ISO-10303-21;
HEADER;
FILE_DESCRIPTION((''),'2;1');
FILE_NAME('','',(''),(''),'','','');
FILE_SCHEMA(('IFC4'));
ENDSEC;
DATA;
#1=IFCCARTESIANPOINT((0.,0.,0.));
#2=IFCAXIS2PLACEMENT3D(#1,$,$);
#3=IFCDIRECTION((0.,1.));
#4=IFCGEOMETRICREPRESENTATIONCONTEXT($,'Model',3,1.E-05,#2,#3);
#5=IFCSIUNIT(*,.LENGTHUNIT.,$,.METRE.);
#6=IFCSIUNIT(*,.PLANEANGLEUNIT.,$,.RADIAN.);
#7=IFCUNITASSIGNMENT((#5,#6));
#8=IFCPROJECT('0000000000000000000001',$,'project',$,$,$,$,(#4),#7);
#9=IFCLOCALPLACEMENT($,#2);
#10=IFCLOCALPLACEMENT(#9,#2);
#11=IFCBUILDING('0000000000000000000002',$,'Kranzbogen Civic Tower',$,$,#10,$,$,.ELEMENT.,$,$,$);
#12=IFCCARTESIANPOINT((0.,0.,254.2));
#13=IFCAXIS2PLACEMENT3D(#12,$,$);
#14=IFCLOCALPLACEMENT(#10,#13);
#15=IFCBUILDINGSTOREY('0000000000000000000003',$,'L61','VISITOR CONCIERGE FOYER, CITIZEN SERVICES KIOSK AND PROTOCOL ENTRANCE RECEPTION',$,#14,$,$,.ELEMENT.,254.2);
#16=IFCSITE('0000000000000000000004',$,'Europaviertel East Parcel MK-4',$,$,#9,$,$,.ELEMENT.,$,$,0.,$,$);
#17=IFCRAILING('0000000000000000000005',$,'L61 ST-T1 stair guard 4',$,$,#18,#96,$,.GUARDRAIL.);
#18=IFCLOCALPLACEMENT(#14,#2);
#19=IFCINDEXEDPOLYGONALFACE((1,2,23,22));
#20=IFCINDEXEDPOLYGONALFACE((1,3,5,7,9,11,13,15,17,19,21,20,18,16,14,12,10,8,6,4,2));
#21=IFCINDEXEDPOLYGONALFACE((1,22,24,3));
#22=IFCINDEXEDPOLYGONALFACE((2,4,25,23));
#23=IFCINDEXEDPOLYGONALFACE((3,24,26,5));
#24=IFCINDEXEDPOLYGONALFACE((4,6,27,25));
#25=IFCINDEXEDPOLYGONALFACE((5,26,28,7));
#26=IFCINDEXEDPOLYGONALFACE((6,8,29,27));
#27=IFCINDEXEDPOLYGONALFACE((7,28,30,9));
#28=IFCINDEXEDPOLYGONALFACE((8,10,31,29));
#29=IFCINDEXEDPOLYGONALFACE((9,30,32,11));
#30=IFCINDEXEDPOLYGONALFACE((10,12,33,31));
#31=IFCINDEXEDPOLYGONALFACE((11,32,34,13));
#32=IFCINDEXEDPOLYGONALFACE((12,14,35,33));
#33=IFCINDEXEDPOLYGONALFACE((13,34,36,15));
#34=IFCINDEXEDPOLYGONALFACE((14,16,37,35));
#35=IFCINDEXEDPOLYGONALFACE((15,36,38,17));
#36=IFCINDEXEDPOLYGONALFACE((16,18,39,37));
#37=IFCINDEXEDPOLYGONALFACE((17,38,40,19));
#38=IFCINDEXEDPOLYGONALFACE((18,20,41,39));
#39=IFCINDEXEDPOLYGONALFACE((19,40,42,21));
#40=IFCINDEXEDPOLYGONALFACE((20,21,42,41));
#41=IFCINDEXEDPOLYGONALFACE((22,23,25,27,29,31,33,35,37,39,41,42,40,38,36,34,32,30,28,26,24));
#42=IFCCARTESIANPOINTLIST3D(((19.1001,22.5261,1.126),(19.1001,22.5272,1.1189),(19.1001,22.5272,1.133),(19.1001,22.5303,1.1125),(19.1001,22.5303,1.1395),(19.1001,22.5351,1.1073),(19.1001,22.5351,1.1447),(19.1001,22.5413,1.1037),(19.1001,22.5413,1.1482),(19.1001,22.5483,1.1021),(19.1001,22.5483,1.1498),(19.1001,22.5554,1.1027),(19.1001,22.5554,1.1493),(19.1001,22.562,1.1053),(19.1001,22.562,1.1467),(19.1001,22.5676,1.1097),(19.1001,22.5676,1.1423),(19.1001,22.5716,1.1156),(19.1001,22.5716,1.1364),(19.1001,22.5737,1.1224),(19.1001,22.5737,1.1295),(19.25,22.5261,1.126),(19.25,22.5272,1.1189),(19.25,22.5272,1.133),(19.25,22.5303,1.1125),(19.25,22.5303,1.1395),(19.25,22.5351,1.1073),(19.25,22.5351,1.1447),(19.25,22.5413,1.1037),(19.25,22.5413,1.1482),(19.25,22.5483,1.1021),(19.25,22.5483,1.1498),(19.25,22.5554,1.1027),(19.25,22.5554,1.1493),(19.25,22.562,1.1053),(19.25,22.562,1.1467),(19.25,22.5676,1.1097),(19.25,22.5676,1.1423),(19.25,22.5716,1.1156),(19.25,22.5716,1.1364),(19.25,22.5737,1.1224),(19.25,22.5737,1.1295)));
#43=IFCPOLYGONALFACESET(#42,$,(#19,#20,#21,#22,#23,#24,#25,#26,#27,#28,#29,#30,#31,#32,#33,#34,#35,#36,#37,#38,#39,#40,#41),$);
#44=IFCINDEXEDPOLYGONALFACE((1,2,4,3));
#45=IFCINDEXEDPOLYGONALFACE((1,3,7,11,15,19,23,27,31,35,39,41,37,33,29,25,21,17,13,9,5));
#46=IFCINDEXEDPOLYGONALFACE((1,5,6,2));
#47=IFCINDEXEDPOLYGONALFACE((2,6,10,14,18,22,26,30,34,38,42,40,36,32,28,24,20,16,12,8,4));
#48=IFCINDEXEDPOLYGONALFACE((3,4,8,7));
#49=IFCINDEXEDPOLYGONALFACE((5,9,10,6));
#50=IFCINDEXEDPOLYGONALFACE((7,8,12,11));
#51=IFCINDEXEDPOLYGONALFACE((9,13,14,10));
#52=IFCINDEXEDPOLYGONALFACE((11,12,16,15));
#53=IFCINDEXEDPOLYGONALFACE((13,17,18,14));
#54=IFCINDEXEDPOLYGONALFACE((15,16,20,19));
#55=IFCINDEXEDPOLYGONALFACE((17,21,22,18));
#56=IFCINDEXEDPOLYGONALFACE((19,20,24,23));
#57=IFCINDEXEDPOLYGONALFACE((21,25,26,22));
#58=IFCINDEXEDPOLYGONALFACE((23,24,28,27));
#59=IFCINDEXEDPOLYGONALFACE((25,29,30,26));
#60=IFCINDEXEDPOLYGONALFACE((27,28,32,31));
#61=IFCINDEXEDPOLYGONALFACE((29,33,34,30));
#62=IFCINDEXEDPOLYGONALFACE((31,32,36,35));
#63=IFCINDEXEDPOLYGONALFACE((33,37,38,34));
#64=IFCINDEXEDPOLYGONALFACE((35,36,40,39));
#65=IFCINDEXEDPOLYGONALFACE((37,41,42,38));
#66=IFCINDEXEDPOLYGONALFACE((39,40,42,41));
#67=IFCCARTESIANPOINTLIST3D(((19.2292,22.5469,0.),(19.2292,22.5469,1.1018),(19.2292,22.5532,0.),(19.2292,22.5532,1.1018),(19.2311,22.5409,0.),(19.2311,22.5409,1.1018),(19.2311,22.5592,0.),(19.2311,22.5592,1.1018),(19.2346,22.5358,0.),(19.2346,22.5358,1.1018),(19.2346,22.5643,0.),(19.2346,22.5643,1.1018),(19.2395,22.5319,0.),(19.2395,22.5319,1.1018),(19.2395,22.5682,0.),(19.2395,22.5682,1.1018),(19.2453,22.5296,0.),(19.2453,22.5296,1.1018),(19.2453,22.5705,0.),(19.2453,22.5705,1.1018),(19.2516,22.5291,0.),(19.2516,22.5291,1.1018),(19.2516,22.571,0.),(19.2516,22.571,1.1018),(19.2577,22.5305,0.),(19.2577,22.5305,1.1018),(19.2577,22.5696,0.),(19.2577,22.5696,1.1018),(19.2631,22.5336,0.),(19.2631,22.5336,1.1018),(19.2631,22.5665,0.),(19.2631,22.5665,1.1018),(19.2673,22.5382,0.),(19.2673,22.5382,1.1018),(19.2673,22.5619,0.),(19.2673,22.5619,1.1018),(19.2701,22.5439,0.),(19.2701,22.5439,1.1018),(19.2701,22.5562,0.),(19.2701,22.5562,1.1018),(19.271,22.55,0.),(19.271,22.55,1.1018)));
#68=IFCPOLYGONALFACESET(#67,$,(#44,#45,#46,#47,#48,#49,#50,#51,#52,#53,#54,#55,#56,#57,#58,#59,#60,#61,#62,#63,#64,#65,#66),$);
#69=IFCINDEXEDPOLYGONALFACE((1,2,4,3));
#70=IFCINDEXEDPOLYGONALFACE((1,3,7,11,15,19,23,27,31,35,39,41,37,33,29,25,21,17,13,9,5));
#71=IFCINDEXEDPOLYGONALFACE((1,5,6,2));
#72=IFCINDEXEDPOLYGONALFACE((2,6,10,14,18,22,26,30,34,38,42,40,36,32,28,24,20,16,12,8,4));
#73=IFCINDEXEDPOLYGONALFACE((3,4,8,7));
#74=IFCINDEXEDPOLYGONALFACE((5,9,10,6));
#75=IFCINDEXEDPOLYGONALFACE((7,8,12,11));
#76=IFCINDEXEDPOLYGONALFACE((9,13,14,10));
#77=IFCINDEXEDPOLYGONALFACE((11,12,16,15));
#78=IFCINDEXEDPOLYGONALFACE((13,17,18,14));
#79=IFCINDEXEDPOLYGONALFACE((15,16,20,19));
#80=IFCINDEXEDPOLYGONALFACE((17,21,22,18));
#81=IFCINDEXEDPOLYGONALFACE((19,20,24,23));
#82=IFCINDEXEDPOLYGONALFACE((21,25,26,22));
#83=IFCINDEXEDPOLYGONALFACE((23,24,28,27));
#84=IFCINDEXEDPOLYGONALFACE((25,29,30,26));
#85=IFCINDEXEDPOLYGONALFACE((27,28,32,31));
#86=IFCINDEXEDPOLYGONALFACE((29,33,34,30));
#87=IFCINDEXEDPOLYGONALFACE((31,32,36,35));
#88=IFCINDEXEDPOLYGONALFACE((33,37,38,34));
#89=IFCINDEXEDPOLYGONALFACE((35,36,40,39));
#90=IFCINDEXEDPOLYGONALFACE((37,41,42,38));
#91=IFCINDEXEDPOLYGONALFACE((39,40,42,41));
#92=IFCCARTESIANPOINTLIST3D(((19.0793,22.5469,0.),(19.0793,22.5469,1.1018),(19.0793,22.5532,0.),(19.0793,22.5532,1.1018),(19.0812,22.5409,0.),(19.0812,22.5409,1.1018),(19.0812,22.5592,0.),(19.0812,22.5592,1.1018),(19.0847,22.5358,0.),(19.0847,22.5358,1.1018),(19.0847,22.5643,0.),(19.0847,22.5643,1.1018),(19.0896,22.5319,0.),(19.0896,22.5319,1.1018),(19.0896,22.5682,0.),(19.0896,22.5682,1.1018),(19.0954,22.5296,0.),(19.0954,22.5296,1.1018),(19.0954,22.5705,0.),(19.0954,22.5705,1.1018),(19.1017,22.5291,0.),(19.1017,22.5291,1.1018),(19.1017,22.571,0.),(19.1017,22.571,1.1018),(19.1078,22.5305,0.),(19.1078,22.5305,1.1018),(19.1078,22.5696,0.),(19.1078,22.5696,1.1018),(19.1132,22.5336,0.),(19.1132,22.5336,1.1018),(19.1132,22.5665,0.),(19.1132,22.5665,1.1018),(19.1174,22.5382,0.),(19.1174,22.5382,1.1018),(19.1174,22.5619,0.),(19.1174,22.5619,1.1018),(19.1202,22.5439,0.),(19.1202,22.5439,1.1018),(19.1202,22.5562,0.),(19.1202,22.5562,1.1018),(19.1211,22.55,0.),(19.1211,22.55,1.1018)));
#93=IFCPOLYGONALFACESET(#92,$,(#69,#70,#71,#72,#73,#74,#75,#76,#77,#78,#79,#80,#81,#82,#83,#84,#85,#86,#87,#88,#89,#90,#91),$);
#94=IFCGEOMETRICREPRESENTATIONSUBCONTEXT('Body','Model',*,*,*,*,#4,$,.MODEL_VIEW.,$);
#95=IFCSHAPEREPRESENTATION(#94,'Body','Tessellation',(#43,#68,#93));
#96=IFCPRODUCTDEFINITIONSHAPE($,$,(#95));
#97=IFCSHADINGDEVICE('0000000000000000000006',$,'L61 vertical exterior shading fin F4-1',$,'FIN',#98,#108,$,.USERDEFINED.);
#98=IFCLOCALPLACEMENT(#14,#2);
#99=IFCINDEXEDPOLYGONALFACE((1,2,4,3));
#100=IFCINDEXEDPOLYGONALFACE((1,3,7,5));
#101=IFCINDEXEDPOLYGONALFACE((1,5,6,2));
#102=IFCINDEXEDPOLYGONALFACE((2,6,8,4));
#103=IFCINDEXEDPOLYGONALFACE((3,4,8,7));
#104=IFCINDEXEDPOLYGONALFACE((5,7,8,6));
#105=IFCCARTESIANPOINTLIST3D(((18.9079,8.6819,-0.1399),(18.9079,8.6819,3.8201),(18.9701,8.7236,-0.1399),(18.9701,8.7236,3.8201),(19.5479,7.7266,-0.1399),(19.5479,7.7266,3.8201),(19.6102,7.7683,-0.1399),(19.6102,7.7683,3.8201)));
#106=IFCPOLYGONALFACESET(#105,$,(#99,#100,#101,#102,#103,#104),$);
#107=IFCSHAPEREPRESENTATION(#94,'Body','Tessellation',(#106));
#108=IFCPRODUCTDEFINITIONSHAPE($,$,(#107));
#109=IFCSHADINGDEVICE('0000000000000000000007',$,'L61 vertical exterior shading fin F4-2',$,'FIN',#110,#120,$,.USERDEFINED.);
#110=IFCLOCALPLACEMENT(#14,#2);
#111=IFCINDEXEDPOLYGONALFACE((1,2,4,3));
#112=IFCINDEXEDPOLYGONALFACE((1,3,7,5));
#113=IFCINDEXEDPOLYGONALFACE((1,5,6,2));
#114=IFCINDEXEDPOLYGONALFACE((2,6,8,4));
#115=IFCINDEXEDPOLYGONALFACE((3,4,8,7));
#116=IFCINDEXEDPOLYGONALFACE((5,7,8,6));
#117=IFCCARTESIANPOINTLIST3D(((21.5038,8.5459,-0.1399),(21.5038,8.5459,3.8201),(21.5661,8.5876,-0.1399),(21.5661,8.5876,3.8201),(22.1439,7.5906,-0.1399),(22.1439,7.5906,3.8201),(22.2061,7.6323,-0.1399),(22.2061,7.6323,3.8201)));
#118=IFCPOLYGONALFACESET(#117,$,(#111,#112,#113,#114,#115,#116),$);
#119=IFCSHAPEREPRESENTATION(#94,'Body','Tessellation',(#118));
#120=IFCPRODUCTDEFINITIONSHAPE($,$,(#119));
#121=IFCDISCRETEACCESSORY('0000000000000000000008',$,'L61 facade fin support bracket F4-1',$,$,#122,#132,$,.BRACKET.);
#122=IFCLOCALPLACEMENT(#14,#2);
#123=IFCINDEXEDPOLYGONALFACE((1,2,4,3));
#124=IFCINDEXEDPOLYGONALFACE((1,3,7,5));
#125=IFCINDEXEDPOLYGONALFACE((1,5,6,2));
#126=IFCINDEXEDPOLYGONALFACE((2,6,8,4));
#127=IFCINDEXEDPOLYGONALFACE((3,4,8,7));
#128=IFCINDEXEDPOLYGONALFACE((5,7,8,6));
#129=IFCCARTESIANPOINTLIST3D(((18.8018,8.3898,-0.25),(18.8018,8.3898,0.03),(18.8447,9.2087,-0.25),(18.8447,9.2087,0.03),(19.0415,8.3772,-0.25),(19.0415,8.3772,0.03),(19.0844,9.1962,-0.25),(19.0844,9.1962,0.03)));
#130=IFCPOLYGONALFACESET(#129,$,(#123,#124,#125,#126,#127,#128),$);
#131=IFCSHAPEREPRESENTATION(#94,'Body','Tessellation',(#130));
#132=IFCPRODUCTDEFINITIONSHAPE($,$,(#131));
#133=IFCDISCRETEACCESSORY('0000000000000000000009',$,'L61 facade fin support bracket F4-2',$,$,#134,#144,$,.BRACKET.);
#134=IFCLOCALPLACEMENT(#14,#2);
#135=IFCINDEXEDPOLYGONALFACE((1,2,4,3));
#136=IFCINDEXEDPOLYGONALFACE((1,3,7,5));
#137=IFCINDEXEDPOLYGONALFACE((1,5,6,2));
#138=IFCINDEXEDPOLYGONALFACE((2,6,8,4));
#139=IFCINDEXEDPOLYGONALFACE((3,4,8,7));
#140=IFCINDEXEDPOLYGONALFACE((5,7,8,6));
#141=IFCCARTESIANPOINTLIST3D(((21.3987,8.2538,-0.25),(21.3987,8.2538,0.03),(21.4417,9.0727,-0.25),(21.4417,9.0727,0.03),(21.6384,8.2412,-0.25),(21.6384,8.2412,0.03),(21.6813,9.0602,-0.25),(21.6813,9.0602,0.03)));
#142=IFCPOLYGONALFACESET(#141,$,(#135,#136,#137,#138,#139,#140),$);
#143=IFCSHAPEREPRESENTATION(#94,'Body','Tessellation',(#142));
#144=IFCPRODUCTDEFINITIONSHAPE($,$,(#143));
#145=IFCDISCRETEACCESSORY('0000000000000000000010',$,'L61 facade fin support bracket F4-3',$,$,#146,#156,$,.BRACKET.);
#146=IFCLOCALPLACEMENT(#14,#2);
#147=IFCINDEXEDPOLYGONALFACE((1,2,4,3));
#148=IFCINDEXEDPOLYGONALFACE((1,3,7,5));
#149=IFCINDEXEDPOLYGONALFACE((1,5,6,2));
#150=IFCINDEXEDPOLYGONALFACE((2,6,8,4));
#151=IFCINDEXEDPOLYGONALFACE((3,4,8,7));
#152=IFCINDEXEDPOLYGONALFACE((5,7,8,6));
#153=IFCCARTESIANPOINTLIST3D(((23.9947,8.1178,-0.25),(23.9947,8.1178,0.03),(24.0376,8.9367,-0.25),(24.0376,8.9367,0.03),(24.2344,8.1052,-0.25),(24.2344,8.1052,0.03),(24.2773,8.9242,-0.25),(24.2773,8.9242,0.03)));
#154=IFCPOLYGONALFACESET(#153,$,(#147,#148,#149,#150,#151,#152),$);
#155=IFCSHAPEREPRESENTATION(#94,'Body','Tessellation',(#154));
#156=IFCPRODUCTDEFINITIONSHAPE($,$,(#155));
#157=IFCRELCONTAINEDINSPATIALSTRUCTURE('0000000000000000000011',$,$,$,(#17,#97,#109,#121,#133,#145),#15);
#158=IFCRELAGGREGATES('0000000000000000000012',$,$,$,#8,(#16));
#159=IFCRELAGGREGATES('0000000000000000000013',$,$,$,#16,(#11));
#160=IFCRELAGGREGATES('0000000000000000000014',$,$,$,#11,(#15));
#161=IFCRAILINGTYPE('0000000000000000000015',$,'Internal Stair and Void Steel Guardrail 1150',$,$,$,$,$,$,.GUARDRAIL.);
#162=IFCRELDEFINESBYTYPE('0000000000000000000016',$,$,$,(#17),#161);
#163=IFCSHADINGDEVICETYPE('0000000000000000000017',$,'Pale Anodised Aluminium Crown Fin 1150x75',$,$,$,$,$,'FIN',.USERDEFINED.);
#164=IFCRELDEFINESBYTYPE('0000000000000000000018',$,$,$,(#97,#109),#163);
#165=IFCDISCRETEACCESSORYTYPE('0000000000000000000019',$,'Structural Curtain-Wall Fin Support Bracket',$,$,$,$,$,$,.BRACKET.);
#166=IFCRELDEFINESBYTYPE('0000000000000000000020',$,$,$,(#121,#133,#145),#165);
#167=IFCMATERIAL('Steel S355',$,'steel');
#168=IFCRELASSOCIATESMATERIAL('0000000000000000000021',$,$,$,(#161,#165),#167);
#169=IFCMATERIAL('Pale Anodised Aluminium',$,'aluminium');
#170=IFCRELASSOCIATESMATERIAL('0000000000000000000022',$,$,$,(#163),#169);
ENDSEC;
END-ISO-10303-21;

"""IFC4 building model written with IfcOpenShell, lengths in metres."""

from ifc_helpers import new_model, si_unit, direction, frame, origin, origin_2d, place, context, subcontext, project, spatial, rectangle, circle, extrude, material, type_object, element, save


model = new_model("IFC4")

# Units and contexts
model_context = context("Model", 3, precision=1e-05, world=origin(), true_north=direction((0.0, 1.0)))
body_context = subcontext(model_context, "Body", "Model", "MODEL_VIEW")
ifc_project = project(units=[si_unit("LENGTHUNIT", "METRE"), si_unit("PLANEANGLEUNIT", "RADIAN")], contexts=[model_context])

# Site, building, storey
site_placement = place(None, origin())
site = spatial("IfcSite", under=ifc_project, at=site_placement, Name="Europaviertel East Parcel MK-4", CompositionType="ELEMENT", RefElevation=0.0)
building_placement = place(site_placement, origin())
building = spatial("IfcBuilding", under=site, at=building_placement, Name="Kranzbogen Civic Tower", CompositionType="ELEMENT")
storey_placement = place(building_placement, frame((0.0, 0.0, 254.2)))
storey = spatial("IfcBuildingStorey", under=building, at=storey_placement, Name="L61", Description="VISITOR CONCIERGE FOYER, CITIZEN SERVICES KIOSK AND PROTOCOL ENTRANCE RECEPTION", CompositionType="ELEMENT", Elevation=254.2)

# Shared definitions
ifc_material_1 = material(Name="Steel S355", Category="steel")

# Shared definitions
ifc_material_2 = material(Name="Pale Anodised Aluminium", Category="aluminium")

# Railing
railing_type = type_object("IfcRailingType", Name="Internal Stair and Void Steel Guardrail 1150", PredefinedType="GUARDRAIL", material=ifc_material_1)
railing_1_placement = place(storey_placement, frame((19.25, 22.55, 0.0)))
element("IfcRailing", 1, at=railing_1_placement, inside=storey, type_object=railing_type, Name="L61 ST-T1 stair guard 4", PredefinedType="GUARDRAIL", context=body_context, shape_type="SweptSolid", body=[
    extrude(circle(Radius=0.0239, at=origin_2d()), frame((0.0, 0.0, 1.126), z_axis=(-1.0, 0.0, 0.0), x_axis=(0.0, -1.0, 0.0)), (0.0, 0.0, 1.0), 0.1499),
    extrude(circle(Radius=0.021, at=origin_2d()), origin(), (0.0, 0.0, 1.0), 1.1018),
    extrude(circle(Radius=0.021, at=origin_2d()), frame((-0.1499, 0.0, 0.0)), (0.0, 0.0, 1.0), 1.1018),
])

# Shading devices
shading_device_type = type_object("IfcShadingDeviceType", Name="Pale Anodised Aluminium Crown Fin 1150x75", ElementType="FIN", PredefinedType="USERDEFINED", material=ifc_material_2)
for number, where, z_axis, x_axis, name in (
    (2, (19.259, 8.2251, -0.1399), (0.0, 0.0, 1.0), (0.556615, -0.830771, 0.0), "L61 vertical exterior shading fin F4-1"),
    (3, (21.855, 8.0891, -0.1399), (0.0, 0.0, 1.0), (0.556615, -0.830771, 0.0), "L61 vertical exterior shading fin F4-2"),
):
    element("IfcShadingDevice", number, at=place(storey_placement, frame(where, z_axis=z_axis, x_axis=x_axis)), inside=storey, type_object=shading_device_type, Name=name, ObjectType="FIN", PredefinedType="USERDEFINED", context=body_context, shape_type="SweptSolid", body=[
        extrude(rectangle(XDim=1.1499, YDim=0.075, at=origin_2d()), origin(), (0.0, 0.0, 1.0), 3.96),
    ])

# Discrete accessories
discrete_accessory_type = type_object("IfcDiscreteAccessoryType", Name="Structural Curtain-Wall Fin Support Bracket", PredefinedType="BRACKET", material=ifc_material_1)
for number, where, z_axis, x_axis, name in (
    (4, (18.9431, 8.793, -0.25), (0.0, 0.0, 1.0), (-0.052336, -0.99863, 0.0), "L61 facade fin support bracket F4-1"),
    (5, (21.54, 8.657, -0.25), (0.0, 0.0, 1.0), (-0.052336, -0.99863, 0.0), "L61 facade fin support bracket F4-2"),
    (6, (24.136, 8.521, -0.25), (0.0, 0.0, 1.0), (-0.052336, -0.99863, 0.0), "L61 facade fin support bracket F4-3"),
):
    element("IfcDiscreteAccessory", number, at=place(storey_placement, frame(where, z_axis=z_axis, x_axis=x_axis)), inside=storey, type_object=discrete_accessory_type, Name=name, PredefinedType="BRACKET", context=body_context, shape_type="SweptSolid", body=[
        extrude(rectangle(XDim=0.8201, YDim=0.24, at=origin_2d()), origin(), (0.0, 0.0, 1.0), 0.28),
    ])

save(model, "model.ifc")
